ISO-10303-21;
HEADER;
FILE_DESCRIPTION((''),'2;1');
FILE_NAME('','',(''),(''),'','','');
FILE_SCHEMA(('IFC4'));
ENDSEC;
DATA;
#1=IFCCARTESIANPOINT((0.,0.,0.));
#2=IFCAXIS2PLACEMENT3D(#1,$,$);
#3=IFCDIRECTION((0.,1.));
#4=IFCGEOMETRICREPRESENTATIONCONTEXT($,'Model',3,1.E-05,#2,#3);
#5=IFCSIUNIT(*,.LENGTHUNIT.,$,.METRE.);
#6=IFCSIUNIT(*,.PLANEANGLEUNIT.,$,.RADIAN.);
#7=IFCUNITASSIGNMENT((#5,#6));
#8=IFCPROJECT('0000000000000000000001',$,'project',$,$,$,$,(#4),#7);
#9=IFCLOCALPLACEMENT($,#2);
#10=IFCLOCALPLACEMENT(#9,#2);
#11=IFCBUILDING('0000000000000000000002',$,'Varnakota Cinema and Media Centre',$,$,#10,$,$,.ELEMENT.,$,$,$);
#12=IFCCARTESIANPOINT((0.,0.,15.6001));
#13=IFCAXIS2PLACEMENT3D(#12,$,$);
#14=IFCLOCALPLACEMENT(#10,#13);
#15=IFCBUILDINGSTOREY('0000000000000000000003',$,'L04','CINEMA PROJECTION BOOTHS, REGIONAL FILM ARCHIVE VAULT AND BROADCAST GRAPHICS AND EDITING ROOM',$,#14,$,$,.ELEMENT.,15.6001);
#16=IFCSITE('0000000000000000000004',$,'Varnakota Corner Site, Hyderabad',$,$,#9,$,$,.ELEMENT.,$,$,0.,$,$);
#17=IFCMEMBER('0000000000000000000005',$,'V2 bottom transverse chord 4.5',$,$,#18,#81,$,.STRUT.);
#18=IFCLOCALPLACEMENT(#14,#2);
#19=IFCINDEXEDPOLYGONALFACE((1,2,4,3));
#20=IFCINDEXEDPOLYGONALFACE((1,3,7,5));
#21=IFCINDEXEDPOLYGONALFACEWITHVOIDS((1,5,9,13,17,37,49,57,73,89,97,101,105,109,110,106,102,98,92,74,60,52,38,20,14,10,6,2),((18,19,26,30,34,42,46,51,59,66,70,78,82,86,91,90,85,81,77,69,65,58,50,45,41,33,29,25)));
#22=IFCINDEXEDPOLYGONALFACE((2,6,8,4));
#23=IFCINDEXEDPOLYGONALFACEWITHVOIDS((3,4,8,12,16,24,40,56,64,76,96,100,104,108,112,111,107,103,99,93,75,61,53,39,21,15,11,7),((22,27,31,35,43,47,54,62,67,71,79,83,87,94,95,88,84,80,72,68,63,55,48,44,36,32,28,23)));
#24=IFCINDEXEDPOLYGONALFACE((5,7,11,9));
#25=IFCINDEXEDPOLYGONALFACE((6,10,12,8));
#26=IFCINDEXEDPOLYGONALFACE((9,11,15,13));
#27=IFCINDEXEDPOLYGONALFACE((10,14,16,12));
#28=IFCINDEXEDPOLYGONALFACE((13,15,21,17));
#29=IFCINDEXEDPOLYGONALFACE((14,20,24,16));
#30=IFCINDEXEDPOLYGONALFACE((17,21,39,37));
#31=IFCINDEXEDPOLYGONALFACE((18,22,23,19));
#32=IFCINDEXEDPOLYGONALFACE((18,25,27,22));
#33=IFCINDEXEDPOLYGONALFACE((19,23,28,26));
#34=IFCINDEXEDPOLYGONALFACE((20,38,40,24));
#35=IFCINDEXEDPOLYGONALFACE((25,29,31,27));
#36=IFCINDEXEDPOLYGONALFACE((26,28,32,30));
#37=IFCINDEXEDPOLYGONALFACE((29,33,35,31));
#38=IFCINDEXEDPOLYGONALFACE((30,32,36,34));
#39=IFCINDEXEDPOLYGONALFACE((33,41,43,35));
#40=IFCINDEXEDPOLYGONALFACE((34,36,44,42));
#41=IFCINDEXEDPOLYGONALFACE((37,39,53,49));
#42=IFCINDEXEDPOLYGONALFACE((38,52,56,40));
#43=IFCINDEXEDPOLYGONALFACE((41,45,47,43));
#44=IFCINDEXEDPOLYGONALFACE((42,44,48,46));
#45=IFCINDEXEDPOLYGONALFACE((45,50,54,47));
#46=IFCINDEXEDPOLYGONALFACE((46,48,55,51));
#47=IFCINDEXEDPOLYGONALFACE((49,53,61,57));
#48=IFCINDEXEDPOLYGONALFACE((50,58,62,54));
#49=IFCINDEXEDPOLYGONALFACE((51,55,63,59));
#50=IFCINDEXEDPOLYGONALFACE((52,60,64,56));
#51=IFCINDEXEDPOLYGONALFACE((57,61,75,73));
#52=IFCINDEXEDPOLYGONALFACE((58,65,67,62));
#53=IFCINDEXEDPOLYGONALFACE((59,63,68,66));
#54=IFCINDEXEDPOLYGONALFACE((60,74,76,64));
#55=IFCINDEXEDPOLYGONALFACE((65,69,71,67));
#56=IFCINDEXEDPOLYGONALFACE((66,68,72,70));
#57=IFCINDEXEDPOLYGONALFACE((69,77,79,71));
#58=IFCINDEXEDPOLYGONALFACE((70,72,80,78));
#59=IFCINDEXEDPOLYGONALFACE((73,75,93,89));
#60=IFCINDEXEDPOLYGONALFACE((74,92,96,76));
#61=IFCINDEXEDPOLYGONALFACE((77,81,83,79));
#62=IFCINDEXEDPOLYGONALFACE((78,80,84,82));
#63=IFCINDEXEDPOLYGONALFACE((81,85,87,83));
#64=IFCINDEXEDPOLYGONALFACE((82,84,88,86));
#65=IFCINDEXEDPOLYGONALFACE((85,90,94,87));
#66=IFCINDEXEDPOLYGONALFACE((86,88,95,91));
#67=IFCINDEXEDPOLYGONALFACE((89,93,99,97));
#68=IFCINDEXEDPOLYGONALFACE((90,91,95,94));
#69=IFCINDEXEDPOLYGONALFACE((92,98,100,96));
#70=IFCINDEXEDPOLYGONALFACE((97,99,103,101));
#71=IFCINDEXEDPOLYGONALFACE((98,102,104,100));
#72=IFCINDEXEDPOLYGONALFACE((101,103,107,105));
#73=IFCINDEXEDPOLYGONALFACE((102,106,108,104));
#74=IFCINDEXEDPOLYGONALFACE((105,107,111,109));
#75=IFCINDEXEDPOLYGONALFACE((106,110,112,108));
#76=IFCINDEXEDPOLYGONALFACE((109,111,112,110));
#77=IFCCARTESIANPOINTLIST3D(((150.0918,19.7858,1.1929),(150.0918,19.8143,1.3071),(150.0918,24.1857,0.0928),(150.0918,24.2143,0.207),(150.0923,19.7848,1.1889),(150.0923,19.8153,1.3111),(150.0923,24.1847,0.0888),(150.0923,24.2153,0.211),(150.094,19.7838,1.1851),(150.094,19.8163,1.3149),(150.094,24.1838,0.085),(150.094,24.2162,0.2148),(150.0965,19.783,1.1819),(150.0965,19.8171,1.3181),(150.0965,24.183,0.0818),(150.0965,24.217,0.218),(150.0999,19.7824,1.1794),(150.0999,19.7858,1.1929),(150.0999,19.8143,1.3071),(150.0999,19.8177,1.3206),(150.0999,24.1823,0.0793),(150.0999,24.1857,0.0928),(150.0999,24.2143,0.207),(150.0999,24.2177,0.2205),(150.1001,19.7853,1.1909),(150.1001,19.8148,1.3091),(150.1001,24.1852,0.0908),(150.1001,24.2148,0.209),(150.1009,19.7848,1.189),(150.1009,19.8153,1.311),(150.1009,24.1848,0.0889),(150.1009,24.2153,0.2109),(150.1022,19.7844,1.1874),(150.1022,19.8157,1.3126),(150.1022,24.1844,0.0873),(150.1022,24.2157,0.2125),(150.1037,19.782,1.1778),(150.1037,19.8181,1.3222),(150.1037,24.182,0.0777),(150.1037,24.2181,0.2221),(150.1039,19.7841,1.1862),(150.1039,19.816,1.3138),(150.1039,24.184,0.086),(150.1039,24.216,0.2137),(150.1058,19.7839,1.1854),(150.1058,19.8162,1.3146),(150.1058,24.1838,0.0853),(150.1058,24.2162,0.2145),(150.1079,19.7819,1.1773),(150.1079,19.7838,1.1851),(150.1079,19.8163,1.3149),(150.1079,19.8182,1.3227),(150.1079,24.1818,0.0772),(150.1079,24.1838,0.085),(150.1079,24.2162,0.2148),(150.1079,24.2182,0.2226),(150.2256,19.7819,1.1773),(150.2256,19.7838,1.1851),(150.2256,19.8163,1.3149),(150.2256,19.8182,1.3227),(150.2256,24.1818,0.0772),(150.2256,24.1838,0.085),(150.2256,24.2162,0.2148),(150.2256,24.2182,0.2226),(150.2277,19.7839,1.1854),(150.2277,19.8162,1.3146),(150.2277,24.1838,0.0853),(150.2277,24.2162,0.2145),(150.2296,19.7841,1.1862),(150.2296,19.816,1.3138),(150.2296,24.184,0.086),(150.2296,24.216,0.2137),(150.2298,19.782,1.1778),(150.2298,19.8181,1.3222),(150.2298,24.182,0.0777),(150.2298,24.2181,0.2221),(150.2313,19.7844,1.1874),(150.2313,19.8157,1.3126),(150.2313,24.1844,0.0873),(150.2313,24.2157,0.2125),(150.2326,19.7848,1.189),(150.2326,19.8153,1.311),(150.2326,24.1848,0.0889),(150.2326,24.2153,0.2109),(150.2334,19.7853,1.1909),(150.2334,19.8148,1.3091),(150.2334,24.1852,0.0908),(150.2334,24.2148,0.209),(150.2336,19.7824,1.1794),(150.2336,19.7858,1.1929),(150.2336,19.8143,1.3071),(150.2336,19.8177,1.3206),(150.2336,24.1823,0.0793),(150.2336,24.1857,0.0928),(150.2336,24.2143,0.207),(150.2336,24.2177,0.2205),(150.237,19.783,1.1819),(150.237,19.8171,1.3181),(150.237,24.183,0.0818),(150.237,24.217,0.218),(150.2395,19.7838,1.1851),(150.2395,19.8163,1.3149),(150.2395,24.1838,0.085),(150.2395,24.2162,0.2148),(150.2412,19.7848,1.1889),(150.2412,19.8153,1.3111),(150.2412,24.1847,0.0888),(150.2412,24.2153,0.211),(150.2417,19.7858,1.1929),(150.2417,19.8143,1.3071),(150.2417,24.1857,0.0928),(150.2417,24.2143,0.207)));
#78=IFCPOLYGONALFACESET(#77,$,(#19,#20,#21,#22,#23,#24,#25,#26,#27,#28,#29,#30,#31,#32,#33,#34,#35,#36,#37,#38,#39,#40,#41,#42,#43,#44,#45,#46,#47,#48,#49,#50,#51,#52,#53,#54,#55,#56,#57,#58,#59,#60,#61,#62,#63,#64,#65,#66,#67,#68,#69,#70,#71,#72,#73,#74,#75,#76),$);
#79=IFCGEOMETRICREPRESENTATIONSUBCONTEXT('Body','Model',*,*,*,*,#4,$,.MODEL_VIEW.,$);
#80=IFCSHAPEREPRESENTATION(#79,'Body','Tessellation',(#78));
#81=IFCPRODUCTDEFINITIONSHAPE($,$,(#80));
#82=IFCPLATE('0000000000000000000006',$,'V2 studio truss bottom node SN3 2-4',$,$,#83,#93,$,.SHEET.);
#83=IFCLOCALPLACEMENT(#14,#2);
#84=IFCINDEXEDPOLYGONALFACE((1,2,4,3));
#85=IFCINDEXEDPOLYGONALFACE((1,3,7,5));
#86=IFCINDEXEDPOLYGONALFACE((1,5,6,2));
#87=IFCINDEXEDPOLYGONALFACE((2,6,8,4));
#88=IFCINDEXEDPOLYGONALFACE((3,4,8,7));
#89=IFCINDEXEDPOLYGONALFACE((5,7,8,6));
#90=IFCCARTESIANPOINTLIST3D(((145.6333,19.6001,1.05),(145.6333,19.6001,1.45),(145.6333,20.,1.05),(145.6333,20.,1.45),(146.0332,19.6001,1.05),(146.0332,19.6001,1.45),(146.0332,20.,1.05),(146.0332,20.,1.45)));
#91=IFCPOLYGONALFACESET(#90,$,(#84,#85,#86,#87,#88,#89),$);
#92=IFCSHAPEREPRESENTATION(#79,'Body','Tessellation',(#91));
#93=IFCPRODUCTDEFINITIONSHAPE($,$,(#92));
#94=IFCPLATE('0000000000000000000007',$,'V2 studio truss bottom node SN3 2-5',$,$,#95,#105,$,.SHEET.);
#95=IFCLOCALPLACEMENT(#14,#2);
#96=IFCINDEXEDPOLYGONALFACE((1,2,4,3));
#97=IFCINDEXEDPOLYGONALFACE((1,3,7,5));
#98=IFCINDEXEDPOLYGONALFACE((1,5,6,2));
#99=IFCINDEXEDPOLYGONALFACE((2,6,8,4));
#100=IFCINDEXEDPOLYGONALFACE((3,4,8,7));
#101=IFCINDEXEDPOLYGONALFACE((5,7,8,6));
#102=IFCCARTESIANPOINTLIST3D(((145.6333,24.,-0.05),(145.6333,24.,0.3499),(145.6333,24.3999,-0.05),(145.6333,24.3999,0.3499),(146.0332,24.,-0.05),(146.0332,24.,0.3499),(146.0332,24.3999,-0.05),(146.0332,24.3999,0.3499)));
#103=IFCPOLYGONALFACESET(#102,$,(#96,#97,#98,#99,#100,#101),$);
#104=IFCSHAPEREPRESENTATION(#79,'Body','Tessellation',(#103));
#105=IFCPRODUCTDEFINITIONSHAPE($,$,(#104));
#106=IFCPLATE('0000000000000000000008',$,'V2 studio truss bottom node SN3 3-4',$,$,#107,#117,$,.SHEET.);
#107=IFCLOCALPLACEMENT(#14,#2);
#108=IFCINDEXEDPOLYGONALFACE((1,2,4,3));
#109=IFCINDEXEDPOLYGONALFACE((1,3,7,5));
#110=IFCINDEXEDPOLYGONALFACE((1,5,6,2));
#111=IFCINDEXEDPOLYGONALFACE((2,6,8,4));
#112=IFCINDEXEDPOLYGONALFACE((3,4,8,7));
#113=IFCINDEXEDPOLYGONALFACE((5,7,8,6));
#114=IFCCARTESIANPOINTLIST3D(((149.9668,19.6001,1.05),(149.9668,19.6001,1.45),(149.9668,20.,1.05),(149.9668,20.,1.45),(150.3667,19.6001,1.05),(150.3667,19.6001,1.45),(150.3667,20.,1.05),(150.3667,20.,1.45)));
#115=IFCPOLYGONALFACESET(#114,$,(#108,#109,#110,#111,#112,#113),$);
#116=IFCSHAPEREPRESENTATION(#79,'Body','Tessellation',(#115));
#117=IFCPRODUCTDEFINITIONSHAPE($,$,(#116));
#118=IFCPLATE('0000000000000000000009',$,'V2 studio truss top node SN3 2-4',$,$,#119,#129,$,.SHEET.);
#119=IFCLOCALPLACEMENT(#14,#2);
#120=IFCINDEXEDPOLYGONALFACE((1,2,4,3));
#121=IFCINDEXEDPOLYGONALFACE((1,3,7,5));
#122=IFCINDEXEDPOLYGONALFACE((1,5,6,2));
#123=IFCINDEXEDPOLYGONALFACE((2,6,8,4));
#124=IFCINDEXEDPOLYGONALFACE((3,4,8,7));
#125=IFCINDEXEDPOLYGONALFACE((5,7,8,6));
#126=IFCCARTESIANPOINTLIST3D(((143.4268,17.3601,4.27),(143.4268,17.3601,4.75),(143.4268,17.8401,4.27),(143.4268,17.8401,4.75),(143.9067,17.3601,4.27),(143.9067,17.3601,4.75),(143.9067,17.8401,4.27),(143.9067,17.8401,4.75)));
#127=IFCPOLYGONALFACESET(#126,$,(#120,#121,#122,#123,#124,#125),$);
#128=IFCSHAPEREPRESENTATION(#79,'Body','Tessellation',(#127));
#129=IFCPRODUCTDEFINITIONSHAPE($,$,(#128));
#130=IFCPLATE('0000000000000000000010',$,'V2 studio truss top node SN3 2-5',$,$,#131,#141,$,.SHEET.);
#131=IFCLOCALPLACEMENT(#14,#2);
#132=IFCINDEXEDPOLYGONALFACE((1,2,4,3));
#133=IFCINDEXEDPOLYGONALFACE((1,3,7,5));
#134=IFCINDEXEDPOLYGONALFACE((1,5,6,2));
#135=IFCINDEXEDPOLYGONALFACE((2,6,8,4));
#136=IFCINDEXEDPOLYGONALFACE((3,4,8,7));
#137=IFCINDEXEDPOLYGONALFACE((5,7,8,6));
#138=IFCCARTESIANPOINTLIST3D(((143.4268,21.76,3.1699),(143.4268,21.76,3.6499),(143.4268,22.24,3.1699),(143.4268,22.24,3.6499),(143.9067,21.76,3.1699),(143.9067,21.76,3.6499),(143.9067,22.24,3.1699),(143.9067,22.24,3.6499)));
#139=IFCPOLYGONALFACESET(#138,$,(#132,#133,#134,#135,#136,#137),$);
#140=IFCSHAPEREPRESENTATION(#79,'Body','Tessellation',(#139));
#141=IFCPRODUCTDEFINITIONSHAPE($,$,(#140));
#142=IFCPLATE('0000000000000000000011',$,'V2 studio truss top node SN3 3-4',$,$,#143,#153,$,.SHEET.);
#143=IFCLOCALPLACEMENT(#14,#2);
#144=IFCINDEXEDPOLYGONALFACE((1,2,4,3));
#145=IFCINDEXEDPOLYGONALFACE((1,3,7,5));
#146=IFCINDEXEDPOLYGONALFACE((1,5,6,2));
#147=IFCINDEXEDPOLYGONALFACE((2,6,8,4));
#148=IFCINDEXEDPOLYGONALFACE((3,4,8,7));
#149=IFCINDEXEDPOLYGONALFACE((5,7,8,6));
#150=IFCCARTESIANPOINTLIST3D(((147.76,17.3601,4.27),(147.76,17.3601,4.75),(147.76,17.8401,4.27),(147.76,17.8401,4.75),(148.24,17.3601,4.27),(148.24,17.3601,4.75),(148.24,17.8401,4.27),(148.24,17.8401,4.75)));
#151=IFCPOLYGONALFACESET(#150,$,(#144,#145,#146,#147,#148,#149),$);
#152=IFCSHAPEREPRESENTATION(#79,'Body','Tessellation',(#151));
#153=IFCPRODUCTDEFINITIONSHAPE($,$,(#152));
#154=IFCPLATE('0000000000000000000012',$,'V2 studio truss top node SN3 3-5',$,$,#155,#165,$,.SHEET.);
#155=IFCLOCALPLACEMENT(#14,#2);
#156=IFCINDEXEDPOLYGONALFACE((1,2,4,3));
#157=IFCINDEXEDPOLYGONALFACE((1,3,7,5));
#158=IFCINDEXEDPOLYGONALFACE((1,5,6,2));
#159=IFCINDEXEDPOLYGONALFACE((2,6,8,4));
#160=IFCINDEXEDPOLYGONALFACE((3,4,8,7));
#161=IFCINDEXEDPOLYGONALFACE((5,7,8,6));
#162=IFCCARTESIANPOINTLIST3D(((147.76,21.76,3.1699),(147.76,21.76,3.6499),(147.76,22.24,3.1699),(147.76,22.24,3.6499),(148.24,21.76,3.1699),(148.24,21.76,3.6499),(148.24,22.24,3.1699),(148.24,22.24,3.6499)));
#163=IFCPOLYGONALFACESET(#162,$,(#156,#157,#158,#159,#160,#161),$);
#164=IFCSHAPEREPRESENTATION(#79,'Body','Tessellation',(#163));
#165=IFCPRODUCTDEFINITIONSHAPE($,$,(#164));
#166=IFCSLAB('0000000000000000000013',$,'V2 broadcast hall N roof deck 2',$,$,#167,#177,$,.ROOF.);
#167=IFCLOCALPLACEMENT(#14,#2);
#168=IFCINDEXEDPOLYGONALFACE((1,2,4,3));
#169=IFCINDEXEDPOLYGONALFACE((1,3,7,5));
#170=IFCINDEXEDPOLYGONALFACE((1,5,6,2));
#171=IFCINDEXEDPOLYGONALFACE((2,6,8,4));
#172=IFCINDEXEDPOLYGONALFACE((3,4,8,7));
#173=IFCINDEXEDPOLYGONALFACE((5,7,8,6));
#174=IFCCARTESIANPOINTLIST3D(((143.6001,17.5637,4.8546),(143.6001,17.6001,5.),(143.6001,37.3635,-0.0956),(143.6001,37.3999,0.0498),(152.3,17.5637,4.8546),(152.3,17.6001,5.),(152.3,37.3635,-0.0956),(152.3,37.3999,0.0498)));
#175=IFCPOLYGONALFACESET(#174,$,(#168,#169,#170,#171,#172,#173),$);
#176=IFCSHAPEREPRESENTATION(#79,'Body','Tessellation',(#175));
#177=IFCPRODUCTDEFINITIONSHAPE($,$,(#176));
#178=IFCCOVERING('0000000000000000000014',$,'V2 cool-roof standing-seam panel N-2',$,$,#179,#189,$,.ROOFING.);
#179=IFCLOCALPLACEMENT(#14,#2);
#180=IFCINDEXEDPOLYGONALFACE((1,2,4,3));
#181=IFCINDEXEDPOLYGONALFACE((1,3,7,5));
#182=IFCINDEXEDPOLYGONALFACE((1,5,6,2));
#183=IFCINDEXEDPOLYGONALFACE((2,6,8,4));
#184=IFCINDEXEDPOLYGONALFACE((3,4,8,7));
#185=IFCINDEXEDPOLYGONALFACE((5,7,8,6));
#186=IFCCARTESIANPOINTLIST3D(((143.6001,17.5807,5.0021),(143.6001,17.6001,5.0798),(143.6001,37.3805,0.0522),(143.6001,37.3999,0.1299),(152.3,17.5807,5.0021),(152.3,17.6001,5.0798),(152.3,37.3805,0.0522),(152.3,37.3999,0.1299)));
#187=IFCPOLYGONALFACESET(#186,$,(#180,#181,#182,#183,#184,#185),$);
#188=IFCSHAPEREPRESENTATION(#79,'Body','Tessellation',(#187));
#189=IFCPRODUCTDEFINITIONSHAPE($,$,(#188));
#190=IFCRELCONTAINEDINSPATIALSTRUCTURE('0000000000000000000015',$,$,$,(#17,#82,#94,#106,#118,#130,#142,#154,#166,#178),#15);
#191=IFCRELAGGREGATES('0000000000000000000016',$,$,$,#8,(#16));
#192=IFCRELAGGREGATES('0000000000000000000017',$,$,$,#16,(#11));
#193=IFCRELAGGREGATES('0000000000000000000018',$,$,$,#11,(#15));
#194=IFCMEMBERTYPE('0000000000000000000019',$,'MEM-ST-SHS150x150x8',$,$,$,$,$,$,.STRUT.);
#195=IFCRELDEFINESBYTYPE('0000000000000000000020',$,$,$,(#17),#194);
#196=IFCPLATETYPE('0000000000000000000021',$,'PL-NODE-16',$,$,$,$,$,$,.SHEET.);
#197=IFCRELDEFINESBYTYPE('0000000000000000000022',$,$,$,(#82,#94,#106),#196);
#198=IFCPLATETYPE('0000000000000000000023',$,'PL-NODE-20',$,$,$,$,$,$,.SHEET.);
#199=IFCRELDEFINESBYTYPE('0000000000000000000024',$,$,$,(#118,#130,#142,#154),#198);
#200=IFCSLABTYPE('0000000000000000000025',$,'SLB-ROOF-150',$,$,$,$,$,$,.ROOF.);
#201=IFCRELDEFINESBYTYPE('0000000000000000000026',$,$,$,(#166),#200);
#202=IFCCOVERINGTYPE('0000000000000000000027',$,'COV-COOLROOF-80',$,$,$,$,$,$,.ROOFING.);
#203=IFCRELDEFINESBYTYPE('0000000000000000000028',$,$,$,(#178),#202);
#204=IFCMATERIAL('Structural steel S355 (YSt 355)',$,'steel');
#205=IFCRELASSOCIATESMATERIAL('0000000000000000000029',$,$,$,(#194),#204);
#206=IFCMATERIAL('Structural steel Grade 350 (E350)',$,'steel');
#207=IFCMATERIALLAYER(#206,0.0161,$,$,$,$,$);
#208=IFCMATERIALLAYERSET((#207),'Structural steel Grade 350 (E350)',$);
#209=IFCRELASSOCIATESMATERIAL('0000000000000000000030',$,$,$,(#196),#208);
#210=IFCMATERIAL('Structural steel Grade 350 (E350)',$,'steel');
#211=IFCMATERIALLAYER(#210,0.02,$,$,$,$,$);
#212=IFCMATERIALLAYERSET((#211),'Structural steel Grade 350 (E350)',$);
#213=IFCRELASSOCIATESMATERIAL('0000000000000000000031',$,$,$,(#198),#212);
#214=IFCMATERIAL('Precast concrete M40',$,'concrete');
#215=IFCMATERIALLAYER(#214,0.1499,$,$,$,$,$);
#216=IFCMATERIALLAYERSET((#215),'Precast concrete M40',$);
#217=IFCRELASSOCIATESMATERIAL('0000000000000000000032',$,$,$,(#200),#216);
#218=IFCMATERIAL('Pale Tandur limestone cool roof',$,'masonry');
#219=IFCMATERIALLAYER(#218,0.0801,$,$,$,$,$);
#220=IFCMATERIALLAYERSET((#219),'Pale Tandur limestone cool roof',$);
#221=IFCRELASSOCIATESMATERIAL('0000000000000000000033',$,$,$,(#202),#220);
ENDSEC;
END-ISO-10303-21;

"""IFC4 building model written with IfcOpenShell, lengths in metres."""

from ifc_helpers import new_model, si_unit, direction, frame, origin, origin_2d, place, context, subcontext, project, spatial, polyline, rectangle, hollow_rectangle, outline, extrude, material, layer, layer_set, material_profile, profile_set, type_object, element, save


model = new_model("IFC4")

# Units and contexts
model_context = context("Model", 3, precision=1e-05, world=origin(), true_north=direction((0.0, 1.0)))
body_context = subcontext(model_context, "Body", "Model", "MODEL_VIEW")
ifc_project = project(units=[si_unit("LENGTHUNIT", "METRE"), si_unit("PLANEANGLEUNIT", "RADIAN")], contexts=[model_context])

# Site, building, storey
site_placement = place(None, origin())
site = spatial("IfcSite", under=ifc_project, at=site_placement, Name="Varnakota Corner Site, Hyderabad", CompositionType="ELEMENT", RefElevation=0.0)
building_placement = place(site_placement, origin())
building = spatial("IfcBuilding", under=site, at=building_placement, Name="Varnakota Cinema and Media Centre", CompositionType="ELEMENT")
storey_placement = place(building_placement, frame((0.0, 0.0, 15.6001)))
storey = spatial("IfcBuildingStorey", under=building, at=storey_placement, Name="L04", Description="CINEMA PROJECTION BOOTHS, REGIONAL FILM ARCHIVE VAULT AND BROADCAST GRAPHICS AND EDITING ROOM", CompositionType="ELEMENT", Elevation=15.6001)

# Member
ifc_material_1 = material(Name="Structural steel S355 (YSt 355)", Category="steel")
ifc_material_profile_1 = material_profile(ifc_material_1, hollow_rectangle(XDim=0.1499, YDim=0.1499, WallThickness=0.0081, InnerFilletRadius=0.0081, OuterFilletRadius=0.0161, at=origin_2d()), Name="SHS 150x150x8")
ifc_profile_set_1 = profile_set([ifc_material_profile_1], Name="Structural steel S355 (YSt 355)")
member_type_1 = type_object("IfcMemberType", Name="MEM-ST-SHS150x150x8", PredefinedType="STRUT", material=ifc_profile_set_1)
member_1_placement = place(storey_placement, frame((150.1667, 19.8, 1.25), z_axis=(0.0, 0.970136, -0.242561), x_axis=(-1.0, 0.0, 0.0)))
element("IfcMember", 1, at=member_1_placement, inside=storey, type_object=member_type_1, Name="V2 bottom transverse chord 4.5", PredefinedType="STRUT", context=body_context, shape_type="SweptSolid", body=[
    extrude(hollow_rectangle(XDim=0.1499, YDim=0.1499, WallThickness=0.0081, InnerFilletRadius=0.0081, OuterFilletRadius=0.0161, at=origin_2d()), origin(), (0.0, 0.0, 1.0), 4.5354),
])

# Plates
ifc_material_2 = material(Name="Structural steel Grade 350 (E350)", Category="steel")
ifc_layer_1 = layer(ifc_material_2, 0.0161)
ifc_layer_set_1 = layer_set([ifc_layer_1], Name="Structural steel Grade 350 (E350)")
plate_type_1 = type_object("IfcPlateType", Name="PL-NODE-16", PredefinedType="SHEET", material=ifc_layer_set_1)
for number, where, z_axis, x_axis, name in (
    (2, (145.8333, 19.8, 1.05), (0.0, 0.0, 1.0), (1.0, 0.0, 0.0), "V2 studio truss bottom node SN3 2-4"),
    (3, (145.8333, 24.2, -0.05), (0.0, 0.0, 1.0), (1.0, 0.0, 0.0), "V2 studio truss bottom node SN3 2-5"),
    (4, (150.1667, 19.8, 1.05), (0.0, 0.0, 1.0), (1.0, 0.0, 0.0), "V2 studio truss bottom node SN3 3-4"),
):
    element("IfcPlate", number, at=place(storey_placement, frame(where, z_axis=z_axis, x_axis=x_axis)), inside=storey, type_object=plate_type_1, Name=name, PredefinedType="SHEET", context=body_context, shape_type="SweptSolid", body=[
        extrude(rectangle(XDim=0.3999, YDim=0.3999, at=origin_2d()), origin(), (0.0, 0.0, 1.0), 0.3999),
    ])
ifc_material_3 = material(Name="Structural steel Grade 350 (E350)", Category="steel")
ifc_layer_2 = layer(ifc_material_3, 0.02)
ifc_layer_set_2 = layer_set([ifc_layer_2], Name="Structural steel Grade 350 (E350)")
plate_type_2 = type_object("IfcPlateType", Name="PL-NODE-20", PredefinedType="SHEET", material=ifc_layer_set_2)
for number, where, z_axis, x_axis, name in (
    (5, (143.6667, 17.6001, 4.27), (0.0, 0.0, 1.0), (1.0, 0.0, 0.0), "V2 studio truss top node SN3 2-4"),
    (6, (143.6667, 22.0, 3.1699), (0.0, 0.0, 1.0), (1.0, 0.0, 0.0), "V2 studio truss top node SN3 2-5"),
    (7, (148.0, 17.6001, 4.27), (0.0, 0.0, 1.0), (1.0, 0.0, 0.0), "V2 studio truss top node SN3 3-4"),
    (8, (148.0, 22.0, 3.1699), (0.0, 0.0, 1.0), (1.0, 0.0, 0.0), "V2 studio truss top node SN3 3-5"),
):
    element("IfcPlate", number, at=place(storey_placement, frame(where, z_axis=z_axis, x_axis=x_axis)), inside=storey, type_object=plate_type_2, Name=name, PredefinedType="SHEET", context=body_context, shape_type="SweptSolid", body=[
        extrude(rectangle(XDim=0.48, YDim=0.48, at=origin_2d()), origin(), (0.0, 0.0, 1.0), 0.48),
    ])

# Slab
ifc_material_4 = material(Name="Precast concrete M40", Category="concrete")
ifc_layer_3 = layer(ifc_material_4, 0.1499)
ifc_layer_set_3 = layer_set([ifc_layer_3], Name="Precast concrete M40")
slab_type = type_object("IfcSlabType", Name="SLB-ROOF-150", PredefinedType="ROOF", material=ifc_layer_set_3)
slab_placement = place(storey_placement, frame((143.6001, 17.6001, 5.0), z_axis=(0.0, 0.242547, 0.97014), x_axis=(1.0, 0.0, 0.0)))
element("IfcSlab", 9, at=slab_placement, inside=storey, type_object=slab_type, Name="V2 broadcast hall N roof deck 2", PredefinedType="ROOF", context=body_context, shape_type="SweptSolid", body=[
    extrude(outline(polyline([(0.0, 0.0), (8.7, 0.0), (8.7, 20.4092), (0.0, 20.4092), (0.0, 0.0)])), origin(), (0.0, 0.0, -1.0), 0.1499),
])

# Covering
ifc_material_5 = material(Name="Pale Tandur limestone cool roof", Category="masonry")
ifc_layer_4 = layer(ifc_material_5, 0.0801)
ifc_layer_set_4 = layer_set([ifc_layer_4], Name="Pale Tandur limestone cool roof")
covering_type = type_object("IfcCoveringType", Name="COV-COOLROOF-80", PredefinedType="ROOFING", material=ifc_layer_set_4)
covering_placement = place(storey_placement, frame((143.6001, 17.6001, 5.0798), z_axis=(0.0, 0.242536, 0.970143), x_axis=(1.0, 0.0, 0.0)))
element("IfcCovering", 10, at=covering_placement, inside=storey, type_object=covering_type, Name="V2 cool-roof standing-seam panel N-2", PredefinedType="ROOFING", context=body_context, shape_type="SweptSolid", body=[
    extrude(outline(polyline([(0.0, 0.0), (8.7, 0.0), (8.7, 20.4092), (0.0, 20.4092), (0.0, 0.0)])), origin(), (0.0, 0.0, -1.0), 0.0801),
])

save(model, "model.ifc")
